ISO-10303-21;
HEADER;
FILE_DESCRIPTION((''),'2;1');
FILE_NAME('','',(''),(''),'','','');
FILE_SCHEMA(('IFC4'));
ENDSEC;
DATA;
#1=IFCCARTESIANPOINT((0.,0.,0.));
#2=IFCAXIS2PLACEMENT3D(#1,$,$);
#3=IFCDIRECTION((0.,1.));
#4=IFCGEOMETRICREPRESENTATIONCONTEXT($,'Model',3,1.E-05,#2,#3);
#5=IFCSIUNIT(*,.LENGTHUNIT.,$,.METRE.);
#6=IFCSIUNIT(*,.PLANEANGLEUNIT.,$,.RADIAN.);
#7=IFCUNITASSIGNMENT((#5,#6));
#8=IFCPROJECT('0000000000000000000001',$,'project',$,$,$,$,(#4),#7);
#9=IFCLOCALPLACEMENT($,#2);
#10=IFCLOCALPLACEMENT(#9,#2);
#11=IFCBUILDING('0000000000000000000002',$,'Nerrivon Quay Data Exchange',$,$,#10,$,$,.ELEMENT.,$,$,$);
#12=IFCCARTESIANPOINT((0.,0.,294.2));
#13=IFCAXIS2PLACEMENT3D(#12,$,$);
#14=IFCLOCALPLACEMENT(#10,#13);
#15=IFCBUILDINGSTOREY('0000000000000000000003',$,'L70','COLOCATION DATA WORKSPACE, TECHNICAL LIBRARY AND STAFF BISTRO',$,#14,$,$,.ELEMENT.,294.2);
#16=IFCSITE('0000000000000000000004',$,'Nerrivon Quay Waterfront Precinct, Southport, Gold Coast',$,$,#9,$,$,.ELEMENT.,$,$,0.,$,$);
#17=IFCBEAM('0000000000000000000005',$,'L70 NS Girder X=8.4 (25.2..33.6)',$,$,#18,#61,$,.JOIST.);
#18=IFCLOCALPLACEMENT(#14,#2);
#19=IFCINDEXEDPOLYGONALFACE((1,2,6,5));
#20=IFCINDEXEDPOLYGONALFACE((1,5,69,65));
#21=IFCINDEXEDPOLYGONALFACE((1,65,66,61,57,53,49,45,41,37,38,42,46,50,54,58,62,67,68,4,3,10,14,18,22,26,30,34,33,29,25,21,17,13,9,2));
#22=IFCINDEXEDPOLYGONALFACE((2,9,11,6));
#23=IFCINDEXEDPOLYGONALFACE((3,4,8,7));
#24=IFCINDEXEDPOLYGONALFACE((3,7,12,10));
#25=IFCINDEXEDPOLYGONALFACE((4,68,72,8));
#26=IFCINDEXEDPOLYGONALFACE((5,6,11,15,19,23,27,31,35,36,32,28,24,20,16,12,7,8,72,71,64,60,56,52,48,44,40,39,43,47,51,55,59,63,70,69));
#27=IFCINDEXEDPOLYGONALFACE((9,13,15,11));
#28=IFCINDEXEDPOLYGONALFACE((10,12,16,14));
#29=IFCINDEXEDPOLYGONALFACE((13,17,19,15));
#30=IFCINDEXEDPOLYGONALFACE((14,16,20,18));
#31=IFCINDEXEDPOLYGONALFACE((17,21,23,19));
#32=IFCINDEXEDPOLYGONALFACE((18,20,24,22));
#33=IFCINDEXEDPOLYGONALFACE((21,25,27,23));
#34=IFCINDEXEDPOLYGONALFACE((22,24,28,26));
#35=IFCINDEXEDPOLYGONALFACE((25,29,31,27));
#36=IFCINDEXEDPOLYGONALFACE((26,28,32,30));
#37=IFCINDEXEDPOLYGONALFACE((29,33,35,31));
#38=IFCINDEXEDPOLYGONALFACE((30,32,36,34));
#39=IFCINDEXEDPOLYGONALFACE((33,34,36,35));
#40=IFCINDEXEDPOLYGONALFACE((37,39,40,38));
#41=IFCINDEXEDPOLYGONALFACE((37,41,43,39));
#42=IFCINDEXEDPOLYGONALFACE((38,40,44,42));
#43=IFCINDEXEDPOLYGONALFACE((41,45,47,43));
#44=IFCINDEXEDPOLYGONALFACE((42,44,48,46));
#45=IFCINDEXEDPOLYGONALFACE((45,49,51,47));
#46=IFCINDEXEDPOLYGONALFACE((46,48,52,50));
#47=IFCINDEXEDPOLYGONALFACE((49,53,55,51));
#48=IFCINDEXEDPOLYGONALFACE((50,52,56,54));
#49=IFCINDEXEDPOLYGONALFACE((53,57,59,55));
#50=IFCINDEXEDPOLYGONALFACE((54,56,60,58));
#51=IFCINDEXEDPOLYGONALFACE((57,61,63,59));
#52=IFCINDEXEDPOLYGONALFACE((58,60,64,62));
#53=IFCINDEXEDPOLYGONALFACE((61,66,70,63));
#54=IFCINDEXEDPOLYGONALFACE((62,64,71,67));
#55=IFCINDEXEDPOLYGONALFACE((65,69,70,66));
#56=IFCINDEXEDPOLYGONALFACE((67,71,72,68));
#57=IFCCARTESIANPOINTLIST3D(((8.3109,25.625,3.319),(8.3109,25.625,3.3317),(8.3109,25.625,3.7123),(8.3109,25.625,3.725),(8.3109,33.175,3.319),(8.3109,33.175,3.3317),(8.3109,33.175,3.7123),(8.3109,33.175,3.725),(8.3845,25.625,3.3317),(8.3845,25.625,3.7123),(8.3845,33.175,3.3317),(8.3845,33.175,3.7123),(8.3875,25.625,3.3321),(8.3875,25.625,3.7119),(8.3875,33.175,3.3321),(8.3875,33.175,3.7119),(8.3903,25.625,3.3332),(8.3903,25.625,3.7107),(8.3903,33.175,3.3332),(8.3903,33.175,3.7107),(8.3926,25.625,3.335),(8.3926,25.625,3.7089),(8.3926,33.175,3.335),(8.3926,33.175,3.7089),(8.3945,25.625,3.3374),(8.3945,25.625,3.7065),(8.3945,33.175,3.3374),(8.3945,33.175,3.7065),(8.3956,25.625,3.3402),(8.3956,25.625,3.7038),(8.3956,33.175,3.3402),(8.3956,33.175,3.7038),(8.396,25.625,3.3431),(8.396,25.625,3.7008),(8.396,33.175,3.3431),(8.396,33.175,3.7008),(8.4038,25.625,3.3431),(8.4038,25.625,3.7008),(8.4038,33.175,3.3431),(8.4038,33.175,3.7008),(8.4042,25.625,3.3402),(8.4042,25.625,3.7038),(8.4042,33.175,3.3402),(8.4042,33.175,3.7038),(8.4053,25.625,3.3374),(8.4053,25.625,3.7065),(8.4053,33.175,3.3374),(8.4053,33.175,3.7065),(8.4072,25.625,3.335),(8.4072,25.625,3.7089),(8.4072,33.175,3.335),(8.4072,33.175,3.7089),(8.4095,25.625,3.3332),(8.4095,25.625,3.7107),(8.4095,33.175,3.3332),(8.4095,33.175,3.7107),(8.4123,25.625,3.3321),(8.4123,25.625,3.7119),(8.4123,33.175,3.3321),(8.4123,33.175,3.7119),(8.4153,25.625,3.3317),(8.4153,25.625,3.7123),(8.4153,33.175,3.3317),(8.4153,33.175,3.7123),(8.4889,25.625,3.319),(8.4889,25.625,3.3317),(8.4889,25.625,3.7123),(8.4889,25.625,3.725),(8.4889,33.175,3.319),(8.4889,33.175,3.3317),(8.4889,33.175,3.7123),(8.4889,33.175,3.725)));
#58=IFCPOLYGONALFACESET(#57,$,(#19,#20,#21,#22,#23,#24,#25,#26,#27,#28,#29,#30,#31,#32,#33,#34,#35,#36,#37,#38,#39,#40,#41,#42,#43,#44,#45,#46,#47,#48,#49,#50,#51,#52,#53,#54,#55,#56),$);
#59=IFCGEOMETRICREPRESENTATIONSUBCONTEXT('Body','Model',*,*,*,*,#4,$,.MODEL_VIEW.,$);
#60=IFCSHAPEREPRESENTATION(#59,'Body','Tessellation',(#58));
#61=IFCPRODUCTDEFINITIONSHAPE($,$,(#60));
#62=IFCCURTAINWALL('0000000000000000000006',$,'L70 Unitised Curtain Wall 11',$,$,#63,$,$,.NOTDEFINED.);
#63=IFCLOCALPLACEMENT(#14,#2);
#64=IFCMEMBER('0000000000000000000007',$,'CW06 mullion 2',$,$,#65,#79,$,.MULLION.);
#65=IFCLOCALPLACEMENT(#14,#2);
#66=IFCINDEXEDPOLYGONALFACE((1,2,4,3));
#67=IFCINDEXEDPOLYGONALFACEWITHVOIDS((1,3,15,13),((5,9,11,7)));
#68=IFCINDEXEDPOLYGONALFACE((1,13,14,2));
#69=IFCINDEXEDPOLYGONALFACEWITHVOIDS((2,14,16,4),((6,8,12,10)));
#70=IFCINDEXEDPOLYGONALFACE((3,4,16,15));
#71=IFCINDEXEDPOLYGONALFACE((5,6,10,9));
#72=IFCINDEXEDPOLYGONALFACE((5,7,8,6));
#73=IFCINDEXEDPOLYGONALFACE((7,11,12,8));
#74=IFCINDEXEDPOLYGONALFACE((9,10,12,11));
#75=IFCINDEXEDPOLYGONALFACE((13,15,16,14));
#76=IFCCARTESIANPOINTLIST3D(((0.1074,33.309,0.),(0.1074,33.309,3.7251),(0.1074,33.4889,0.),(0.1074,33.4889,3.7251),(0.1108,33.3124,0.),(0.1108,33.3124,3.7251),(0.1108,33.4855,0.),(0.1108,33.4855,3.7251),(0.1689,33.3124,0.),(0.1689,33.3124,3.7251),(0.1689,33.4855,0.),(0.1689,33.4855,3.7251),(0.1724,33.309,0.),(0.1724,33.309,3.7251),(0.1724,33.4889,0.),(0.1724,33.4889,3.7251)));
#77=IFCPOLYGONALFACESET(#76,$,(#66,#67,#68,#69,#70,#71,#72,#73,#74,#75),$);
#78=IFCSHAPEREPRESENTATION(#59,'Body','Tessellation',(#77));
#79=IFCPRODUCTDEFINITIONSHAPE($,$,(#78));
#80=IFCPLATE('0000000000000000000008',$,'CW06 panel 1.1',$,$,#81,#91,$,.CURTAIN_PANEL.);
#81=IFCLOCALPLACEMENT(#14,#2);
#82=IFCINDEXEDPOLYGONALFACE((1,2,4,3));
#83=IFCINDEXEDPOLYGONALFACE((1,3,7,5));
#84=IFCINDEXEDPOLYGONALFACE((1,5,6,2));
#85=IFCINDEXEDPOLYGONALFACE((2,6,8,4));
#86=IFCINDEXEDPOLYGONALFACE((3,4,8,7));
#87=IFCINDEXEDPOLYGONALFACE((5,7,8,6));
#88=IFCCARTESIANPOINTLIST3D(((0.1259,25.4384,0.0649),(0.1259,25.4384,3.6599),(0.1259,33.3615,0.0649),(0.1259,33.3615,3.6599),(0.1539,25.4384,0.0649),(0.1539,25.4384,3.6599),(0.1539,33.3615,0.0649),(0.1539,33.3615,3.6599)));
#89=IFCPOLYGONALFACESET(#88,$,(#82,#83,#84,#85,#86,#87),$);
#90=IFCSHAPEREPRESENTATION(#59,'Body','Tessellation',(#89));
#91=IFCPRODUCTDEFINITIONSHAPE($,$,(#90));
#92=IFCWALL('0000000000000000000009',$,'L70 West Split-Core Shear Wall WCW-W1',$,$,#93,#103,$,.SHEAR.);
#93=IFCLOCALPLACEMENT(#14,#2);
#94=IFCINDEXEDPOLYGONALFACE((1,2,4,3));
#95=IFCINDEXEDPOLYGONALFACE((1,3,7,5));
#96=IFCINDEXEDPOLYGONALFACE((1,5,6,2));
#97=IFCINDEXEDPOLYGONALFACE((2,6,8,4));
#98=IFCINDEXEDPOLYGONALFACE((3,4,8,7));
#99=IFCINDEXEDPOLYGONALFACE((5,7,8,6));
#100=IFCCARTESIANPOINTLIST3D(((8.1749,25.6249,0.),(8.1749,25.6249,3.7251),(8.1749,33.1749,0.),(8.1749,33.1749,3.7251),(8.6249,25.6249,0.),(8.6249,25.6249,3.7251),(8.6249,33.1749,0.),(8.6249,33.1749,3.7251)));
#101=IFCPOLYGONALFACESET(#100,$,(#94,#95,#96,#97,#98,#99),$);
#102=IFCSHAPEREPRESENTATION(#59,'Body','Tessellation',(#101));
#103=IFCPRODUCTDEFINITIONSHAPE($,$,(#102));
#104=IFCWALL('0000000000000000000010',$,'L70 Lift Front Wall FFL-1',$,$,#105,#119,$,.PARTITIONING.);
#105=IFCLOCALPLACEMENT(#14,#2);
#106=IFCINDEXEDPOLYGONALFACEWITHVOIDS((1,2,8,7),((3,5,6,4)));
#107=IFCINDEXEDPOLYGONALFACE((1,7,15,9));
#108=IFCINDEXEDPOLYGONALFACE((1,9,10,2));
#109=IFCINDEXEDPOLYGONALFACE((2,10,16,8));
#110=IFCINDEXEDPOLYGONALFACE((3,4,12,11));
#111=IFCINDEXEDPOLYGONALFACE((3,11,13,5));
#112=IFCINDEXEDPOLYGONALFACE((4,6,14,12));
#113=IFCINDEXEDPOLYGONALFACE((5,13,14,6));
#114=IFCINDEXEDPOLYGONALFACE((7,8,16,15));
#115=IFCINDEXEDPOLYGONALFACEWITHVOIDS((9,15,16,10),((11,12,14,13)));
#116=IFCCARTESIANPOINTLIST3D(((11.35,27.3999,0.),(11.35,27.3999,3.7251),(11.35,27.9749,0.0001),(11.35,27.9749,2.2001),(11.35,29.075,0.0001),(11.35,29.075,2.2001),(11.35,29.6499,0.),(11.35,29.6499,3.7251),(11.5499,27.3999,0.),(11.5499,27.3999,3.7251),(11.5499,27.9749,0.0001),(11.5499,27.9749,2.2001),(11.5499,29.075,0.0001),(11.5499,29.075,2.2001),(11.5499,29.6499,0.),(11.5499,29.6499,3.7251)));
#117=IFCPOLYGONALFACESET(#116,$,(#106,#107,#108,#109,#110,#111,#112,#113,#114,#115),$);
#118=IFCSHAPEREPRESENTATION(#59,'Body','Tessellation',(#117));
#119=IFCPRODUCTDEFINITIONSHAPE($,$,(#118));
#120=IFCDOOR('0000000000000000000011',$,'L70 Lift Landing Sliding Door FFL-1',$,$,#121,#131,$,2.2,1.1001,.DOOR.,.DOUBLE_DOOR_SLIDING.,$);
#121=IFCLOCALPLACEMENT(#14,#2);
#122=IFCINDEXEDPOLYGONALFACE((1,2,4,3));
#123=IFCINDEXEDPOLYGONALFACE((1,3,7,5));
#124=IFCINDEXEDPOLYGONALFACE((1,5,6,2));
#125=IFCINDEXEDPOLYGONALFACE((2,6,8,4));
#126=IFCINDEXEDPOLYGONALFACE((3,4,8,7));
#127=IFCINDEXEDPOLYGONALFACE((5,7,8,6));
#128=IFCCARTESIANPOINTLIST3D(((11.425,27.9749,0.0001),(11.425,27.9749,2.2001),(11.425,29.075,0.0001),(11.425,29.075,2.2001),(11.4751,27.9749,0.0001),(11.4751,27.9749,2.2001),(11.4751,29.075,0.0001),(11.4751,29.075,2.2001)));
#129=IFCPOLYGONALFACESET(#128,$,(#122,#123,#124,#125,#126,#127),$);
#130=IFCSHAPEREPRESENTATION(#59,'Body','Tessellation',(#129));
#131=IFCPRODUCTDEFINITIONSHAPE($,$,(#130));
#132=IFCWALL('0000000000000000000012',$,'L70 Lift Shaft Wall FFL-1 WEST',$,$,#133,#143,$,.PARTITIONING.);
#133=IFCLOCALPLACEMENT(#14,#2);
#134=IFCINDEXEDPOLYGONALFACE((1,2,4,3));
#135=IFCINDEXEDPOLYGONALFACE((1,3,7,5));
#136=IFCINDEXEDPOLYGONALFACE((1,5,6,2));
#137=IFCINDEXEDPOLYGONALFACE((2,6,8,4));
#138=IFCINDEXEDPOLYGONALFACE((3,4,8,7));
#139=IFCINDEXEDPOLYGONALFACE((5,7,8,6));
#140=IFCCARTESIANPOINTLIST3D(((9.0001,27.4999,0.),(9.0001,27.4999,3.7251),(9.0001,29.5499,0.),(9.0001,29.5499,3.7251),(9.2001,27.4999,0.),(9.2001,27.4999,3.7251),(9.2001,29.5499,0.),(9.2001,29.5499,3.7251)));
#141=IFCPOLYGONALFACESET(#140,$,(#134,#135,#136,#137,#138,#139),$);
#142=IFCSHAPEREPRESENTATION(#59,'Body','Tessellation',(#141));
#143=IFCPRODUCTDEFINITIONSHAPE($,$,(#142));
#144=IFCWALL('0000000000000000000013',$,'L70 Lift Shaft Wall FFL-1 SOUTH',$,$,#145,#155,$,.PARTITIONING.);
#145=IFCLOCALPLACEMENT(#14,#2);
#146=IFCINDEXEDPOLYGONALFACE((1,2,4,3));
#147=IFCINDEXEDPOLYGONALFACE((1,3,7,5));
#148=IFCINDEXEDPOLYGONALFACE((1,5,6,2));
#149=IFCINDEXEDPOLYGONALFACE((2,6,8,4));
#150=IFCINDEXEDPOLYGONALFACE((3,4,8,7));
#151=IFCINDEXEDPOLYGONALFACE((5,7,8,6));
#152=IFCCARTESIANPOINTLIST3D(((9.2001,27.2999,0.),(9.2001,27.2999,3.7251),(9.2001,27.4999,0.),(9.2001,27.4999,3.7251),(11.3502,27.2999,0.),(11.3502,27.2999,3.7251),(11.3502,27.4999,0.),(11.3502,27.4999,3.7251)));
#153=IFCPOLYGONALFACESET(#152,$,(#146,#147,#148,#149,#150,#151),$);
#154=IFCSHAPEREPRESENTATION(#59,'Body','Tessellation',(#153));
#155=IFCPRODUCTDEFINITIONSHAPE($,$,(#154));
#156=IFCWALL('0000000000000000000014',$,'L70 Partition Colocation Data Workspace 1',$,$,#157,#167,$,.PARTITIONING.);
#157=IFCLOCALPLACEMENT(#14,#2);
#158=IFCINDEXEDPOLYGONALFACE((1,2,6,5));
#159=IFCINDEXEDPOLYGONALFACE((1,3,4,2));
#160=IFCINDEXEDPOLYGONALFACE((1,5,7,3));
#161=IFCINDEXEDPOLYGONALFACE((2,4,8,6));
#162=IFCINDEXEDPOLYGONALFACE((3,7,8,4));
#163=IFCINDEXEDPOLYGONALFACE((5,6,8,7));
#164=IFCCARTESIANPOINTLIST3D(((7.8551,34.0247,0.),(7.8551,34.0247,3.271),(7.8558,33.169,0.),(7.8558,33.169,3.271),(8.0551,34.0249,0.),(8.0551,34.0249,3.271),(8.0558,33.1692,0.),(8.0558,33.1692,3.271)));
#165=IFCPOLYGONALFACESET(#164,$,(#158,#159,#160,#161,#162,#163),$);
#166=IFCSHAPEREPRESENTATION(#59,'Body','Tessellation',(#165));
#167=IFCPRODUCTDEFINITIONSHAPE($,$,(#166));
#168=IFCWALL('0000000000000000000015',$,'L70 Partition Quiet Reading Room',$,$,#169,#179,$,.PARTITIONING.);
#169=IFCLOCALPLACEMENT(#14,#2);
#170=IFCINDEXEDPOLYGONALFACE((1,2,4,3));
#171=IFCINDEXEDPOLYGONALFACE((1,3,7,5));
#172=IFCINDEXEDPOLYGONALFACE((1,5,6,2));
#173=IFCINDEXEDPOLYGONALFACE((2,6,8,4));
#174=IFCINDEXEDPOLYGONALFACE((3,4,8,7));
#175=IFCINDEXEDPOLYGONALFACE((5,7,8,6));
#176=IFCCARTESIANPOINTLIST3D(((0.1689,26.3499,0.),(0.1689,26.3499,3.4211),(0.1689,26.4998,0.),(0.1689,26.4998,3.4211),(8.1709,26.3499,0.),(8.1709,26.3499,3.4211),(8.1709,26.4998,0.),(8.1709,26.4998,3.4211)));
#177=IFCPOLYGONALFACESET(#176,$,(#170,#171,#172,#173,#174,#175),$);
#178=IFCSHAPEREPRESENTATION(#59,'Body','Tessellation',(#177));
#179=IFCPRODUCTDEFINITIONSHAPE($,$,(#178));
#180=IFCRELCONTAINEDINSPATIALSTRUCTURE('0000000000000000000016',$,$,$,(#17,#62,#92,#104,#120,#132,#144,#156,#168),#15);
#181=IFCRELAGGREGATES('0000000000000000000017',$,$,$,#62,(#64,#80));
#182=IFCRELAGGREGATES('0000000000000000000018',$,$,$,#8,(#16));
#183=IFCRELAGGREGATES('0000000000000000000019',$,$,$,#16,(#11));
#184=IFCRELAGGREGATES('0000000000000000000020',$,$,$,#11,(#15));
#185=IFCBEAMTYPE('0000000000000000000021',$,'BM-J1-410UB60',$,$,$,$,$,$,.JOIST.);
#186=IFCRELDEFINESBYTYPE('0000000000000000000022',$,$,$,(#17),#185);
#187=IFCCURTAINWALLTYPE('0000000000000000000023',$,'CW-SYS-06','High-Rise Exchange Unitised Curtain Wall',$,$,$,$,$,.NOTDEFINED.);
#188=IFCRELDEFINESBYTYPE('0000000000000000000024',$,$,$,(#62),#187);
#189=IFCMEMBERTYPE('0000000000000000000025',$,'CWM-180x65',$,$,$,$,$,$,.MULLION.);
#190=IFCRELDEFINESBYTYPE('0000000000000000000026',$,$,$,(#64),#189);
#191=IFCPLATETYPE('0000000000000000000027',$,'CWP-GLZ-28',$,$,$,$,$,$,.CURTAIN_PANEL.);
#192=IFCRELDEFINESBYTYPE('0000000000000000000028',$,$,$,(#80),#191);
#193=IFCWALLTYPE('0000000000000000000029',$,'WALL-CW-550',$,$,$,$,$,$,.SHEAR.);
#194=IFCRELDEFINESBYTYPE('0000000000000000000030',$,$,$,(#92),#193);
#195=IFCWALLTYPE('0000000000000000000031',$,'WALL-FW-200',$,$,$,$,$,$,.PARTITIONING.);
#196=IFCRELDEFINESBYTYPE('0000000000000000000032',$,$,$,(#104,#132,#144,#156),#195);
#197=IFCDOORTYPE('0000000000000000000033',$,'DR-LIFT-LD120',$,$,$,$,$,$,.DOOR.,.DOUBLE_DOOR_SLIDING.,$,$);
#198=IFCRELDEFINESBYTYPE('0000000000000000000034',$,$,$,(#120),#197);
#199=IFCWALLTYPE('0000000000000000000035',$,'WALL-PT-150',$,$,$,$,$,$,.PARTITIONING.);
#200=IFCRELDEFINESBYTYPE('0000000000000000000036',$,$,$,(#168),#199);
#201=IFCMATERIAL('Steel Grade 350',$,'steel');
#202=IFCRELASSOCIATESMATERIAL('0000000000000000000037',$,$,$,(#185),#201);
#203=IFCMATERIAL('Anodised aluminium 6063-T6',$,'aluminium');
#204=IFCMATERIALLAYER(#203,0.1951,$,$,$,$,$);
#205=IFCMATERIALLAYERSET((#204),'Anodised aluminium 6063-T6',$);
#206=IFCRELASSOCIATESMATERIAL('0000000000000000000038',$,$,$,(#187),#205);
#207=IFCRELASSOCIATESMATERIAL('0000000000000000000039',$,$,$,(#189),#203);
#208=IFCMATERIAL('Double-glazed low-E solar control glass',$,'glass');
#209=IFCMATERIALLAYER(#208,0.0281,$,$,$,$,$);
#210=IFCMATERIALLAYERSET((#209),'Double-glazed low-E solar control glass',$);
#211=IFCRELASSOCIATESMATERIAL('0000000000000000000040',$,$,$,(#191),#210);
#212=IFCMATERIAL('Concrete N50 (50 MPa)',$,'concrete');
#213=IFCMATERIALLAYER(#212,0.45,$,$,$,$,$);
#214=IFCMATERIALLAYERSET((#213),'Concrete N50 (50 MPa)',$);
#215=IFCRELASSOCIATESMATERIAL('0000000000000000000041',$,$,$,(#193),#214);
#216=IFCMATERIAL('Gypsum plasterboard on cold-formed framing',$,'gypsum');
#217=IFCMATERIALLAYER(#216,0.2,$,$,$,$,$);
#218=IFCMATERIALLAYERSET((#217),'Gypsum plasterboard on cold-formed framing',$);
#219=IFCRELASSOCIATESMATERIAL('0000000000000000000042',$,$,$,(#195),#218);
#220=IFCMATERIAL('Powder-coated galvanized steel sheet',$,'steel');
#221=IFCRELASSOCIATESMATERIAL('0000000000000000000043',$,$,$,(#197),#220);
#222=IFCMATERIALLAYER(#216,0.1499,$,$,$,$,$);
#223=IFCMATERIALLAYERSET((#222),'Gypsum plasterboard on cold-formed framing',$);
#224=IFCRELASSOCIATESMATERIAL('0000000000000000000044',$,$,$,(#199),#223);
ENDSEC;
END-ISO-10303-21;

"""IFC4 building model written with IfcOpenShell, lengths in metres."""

from ifc_helpers import new_model, si_unit, direction, frame, frame_2d, origin, origin_2d, place, context, subcontext, project, spatial, rectangle, hollow_rectangle, i_section, extrude, material, layer, layer_set, material_profile, profile_set, type_object, element, fill, aggregate, save


model = new_model("IFC4")

# Units and contexts
model_context = context("Model", 3, precision=1e-05, world=origin(), true_north=direction((0.0, 1.0)))
body_context = subcontext(model_context, "Body", "Model", "MODEL_VIEW")
ifc_project = project(units=[si_unit("LENGTHUNIT", "METRE"), si_unit("PLANEANGLEUNIT", "RADIAN")], contexts=[model_context])

# Site, building, storey
site_placement = place(None, origin())
site = spatial("IfcSite", under=ifc_project, at=site_placement, Name="Nerrivon Quay Waterfront Precinct, Southport, Gold Coast", CompositionType="ELEMENT", RefElevation=0.0)
building_placement = place(site_placement, origin())
building = spatial("IfcBuilding", under=site, at=building_placement, Name="Nerrivon Quay Data Exchange", CompositionType="ELEMENT")
storey_placement = place(building_placement, frame((0.0, 0.0, 294.2)))
storey = spatial("IfcBuildingStorey", under=building, at=storey_placement, Name="L70", Description="COLOCATION DATA WORKSPACE, TECHNICAL LIBRARY AND STAFF BISTRO", CompositionType="ELEMENT", Elevation=294.2)

# Beam
ifc_material_1 = material(Name="Steel Grade 350", Category="steel")
ifc_material_profile_1 = material_profile(ifc_material_1, i_section(OverallWidth=0.178, OverallDepth=0.406, WebThickness=0.0078, FlangeThickness=0.0127, FilletRadius=0.0115, at=origin_2d()), Name="410UB59.7")
ifc_profile_set_1 = profile_set([ifc_material_profile_1], Name="Steel Grade 350")
beam_type = type_object("IfcBeamType", Name="BM-J1-410UB60", PredefinedType="JOIST", material=ifc_profile_set_1)
beam_placement = place(storey_placement, frame((8.3999, 25.625, 3.522), z_axis=(0.0, 1.0, 0.0), x_axis=(-1.0, 0.0, 0.0)))
element("IfcBeam", 1, at=beam_placement, inside=storey, type_object=beam_type, Name="L70 NS Girder X=8.4 (25.2..33.6)", PredefinedType="JOIST", context=body_context, shape_type="SweptSolid", body=[
    extrude(i_section(OverallWidth=0.178, OverallDepth=0.406, WebThickness=0.0078, FlangeThickness=0.0127, FilletRadius=0.0115, at=origin_2d()), origin(), (0.0, 0.0, 1.0), 7.55),
])

# Curtain wall, member, plate
ifc_material_2 = material(Name="Anodised aluminium 6063-T6", Category="aluminium")
ifc_layer_1 = layer(ifc_material_2, 0.1951)
ifc_layer_set_1 = layer_set([ifc_layer_1], Name="Anodised aluminium 6063-T6")
curtain_wall_type = type_object("IfcCurtainWallType", Name="CW-SYS-06", Description="High-Rise Exchange Unitised Curtain Wall", PredefinedType="NOTDEFINED", material=ifc_layer_set_1)
curtain_wall_placement = place(storey_placement, origin())
curtain_wall = element("IfcCurtainWall", 2, at=curtain_wall_placement, inside=storey, type_object=curtain_wall_type, Name="L70 Unitised Curtain Wall 11", PredefinedType="NOTDEFINED")
ifc_material_profile_2 = material_profile(ifc_material_2, hollow_rectangle(XDim=0.0649, YDim=0.1799, WallThickness=0.0034, at=origin_2d()), Name="ALU-MULL-180x65")
ifc_profile_set_2 = profile_set([ifc_material_profile_2], Name="Anodised aluminium 6063-T6")
member_type = type_object("IfcMemberType", Name="CWM-180x65", PredefinedType="MULLION", material=ifc_profile_set_2)
member_placement = place(storey_placement, frame((0.1399, 33.3989, 0.0), z_axis=(0.0, 0.0, 1.0), x_axis=(-1.0, 0.0, 0.0)))
member = element("IfcMember", 3, at=member_placement, type_object=member_type, Name="CW06 mullion 2", PredefinedType="MULLION", context=body_context, shape_type="SweptSolid", body=[
    extrude(hollow_rectangle(XDim=0.0649, YDim=0.1799, WallThickness=0.0034, at=origin_2d()), origin(), (0.0, 0.0, 1.0), 3.7251),
])
ifc_material_3 = material(Name="Double-glazed low-E solar control glass", Category="glass")
ifc_layer_2 = layer(ifc_material_3, 0.0281)
ifc_layer_set_2 = layer_set([ifc_layer_2], Name="Double-glazed low-E solar control glass")
plate_type = type_object("IfcPlateType", Name="CWP-GLZ-28", PredefinedType="CURTAIN_PANEL", material=ifc_layer_set_2)
plate_placement = place(storey_placement, frame((0.1399, 29.3999, 0.0649), z_axis=(0.0, 0.0, 1.0), x_axis=(0.0, 1.0, 0.0)))
plate = element("IfcPlate", 4, at=plate_placement, type_object=plate_type, Name="CW06 panel 1.1", PredefinedType="CURTAIN_PANEL", context=body_context, shape_type="SweptSolid", body=[
    extrude(rectangle(XDim=7.9231, YDim=0.0281, at=origin_2d()), origin(), (0.0, 0.0, 1.0), 3.595),
])
aggregate(curtain_wall, [member, plate])

# Wall
ifc_material_4 = material(Name="Concrete N50 (50 MPa)", Category="concrete")
ifc_layer_3 = layer(ifc_material_4, 0.45)
ifc_layer_set_3 = layer_set([ifc_layer_3], Name="Concrete N50 (50 MPa)")
wall_type_1 = type_object("IfcWallType", Name="WALL-CW-550", PredefinedType="SHEAR", material=ifc_layer_set_3)
wall_1_placement = place(storey_placement, frame((8.3999, 25.625, 0.0), z_axis=(0.0, 0.0, 1.0), x_axis=(0.0, 1.0, 0.0)))
element("IfcWall", 5, at=wall_1_placement, inside=storey, type_object=wall_type_1, Name="L70 West Split-Core Shear Wall WCW-W1", PredefinedType="SHEAR", context=body_context, shape_type="SweptSolid", body=[
    extrude(rectangle(XDim=7.55, YDim=0.45, at=frame_2d((3.7749, 0.0))), origin(), (0.0, 0.0, 1.0), 3.7251),
])

# Wall, opening, door
ifc_material_5 = material(Name="Gypsum plasterboard on cold-formed framing", Category="gypsum")
ifc_layer_4 = layer(ifc_material_5, 0.2)
ifc_layer_set_4 = layer_set([ifc_layer_4], Name="Gypsum plasterboard on cold-formed framing")
wall_type_2 = type_object("IfcWallType", Name="WALL-FW-200", PredefinedType="PARTITIONING", material=ifc_layer_set_4)
wall_2_placement = place(storey_placement, frame((11.45, 27.3999, 0.0), z_axis=(0.0, 0.0, 1.0), x_axis=(0.0, 1.0, 0.0)))
wall_2 = element("IfcWall", 6, at=wall_2_placement, inside=storey, type_object=wall_type_2, Name="L70 Lift Front Wall FFL-1", PredefinedType="PARTITIONING", context=body_context, shape_type="SweptSolid", body=[
    extrude(rectangle(XDim=2.25, YDim=0.2, at=frame_2d((1.125, 0.0))), origin(), (0.0, 0.0, 1.0), 3.7251),
])
opening_1_placement = place(wall_2_placement, frame((0.575, 0.0, 0.0)))
opening_1 = element("IfcOpeningElement", 7, at=opening_1_placement, cuts=wall_2, PredefinedType="OPENING", context=body_context, shape_type="SweptSolid", body=[
    extrude(rectangle(XDim=1.1001, YDim=2.2, at=frame_2d((0.55, 1.1001))), frame((0.0, 0.1099, 0.0), z_axis=(0.0, -1.0, 0.0), x_axis=(1.0, 0.0, 0.0)), (0.0, 0.0, 1.0), 0.22),
])
ifc_material_6 = material(Name="Powder-coated galvanized steel sheet", Category="steel")
door_type_1 = type_object("IfcDoorType", Name="DR-LIFT-LD120", OperationType="DOUBLE_DOOR_SLIDING", PredefinedType="DOOR", material=ifc_material_6)
door_1_placement = place(opening_1_placement, origin())
door_1 = element("IfcDoor", 8, at=door_1_placement, inside=storey, type_object=door_type_1, Name="L70 Lift Landing Sliding Door FFL-1", OperationType="DOUBLE_DOOR_SLIDING", OverallHeight=2.2, OverallWidth=1.1001, PredefinedType="DOOR", context=body_context, shape_type="SweptSolid", body=[
    extrude(rectangle(XDim=1.1001, YDim=2.2, at=frame_2d((0.55, 1.1001))), frame((0.0, 0.0249, 0.0), z_axis=(0.0, -1.0, 0.0), x_axis=(1.0, 0.0, 0.0)), (0.0, 0.0, 1.0), 0.05),
])
fill(opening_1, door_1)

# Walls
wall_3_placement = place(storey_placement, frame((9.1001, 27.5, 0.0), z_axis=(0.0, 0.0, 1.0), x_axis=(0.0, 1.0, 0.0)))
element("IfcWall", 9, at=wall_3_placement, inside=storey, type_object=wall_type_2, Name="L70 Lift Shaft Wall FFL-1 WEST", PredefinedType="PARTITIONING", context=body_context, shape_type="SweptSolid", body=[
    extrude(rectangle(XDim=2.05, YDim=0.2, at=frame_2d((1.0249, 0.0))), origin(), (0.0, 0.0, 1.0), 3.7251),
])
wall_4_placement = place(storey_placement, frame((9.2, 27.3999, 0.0), z_axis=(0.0, 0.0, 1.0), x_axis=(1.0, 0.0, 0.0)))
element("IfcWall", 10, at=wall_4_placement, inside=storey, type_object=wall_type_2, Name="L70 Lift Shaft Wall FFL-1 SOUTH", PredefinedType="PARTITIONING", context=body_context, shape_type="SweptSolid", body=[
    extrude(rectangle(XDim=2.1501, YDim=0.2, at=frame_2d((1.0752, 0.0))), origin(), (0.0, 0.0, 1.0), 3.7251),
])

# Walls
wall_5_placement = place(storey_placement, frame((7.9558, 33.1692, 0.0), z_axis=(0.0, 0.0, 1.0), x_axis=(-0.000856, 1.0, 0.0)))
element("IfcWall", 11, at=wall_5_placement, inside=storey, type_object=wall_type_2, Name="L70 Partition Colocation Data Workspace 1", PredefinedType="PARTITIONING", context=body_context, shape_type="SweptSolid", body=[
    extrude(rectangle(XDim=0.8557, YDim=0.2, at=frame_2d((0.4277, 0.0))), origin(), (0.0, 0.0, 1.0), 3.271),
])
ifc_layer_5 = layer(ifc_material_5, 0.1499)
ifc_layer_set_5 = layer_set([ifc_layer_5], Name="Gypsum plasterboard on cold-formed framing")
wall_type_3 = type_object("IfcWallType", Name="WALL-PT-150", PredefinedType="PARTITIONING", material=ifc_layer_set_5)
wall_6_placement = place(storey_placement, frame((8.1709, 26.4248, 0.0), z_axis=(0.0, 0.0, 1.0), x_axis=(-1.0, 0.0, 0.0)))
element("IfcWall", 12, at=wall_6_placement, inside=storey, type_object=wall_type_3, Name="L70 Partition Quiet Reading Room", PredefinedType="PARTITIONING", context=body_context, shape_type="SweptSolid", body=[
    extrude(rectangle(XDim=8.002, YDim=0.1499, at=frame_2d((4.001, 0.0))), origin(), (0.0, 0.0, 1.0), 3.4211),
])

save(model, "model.ifc")
